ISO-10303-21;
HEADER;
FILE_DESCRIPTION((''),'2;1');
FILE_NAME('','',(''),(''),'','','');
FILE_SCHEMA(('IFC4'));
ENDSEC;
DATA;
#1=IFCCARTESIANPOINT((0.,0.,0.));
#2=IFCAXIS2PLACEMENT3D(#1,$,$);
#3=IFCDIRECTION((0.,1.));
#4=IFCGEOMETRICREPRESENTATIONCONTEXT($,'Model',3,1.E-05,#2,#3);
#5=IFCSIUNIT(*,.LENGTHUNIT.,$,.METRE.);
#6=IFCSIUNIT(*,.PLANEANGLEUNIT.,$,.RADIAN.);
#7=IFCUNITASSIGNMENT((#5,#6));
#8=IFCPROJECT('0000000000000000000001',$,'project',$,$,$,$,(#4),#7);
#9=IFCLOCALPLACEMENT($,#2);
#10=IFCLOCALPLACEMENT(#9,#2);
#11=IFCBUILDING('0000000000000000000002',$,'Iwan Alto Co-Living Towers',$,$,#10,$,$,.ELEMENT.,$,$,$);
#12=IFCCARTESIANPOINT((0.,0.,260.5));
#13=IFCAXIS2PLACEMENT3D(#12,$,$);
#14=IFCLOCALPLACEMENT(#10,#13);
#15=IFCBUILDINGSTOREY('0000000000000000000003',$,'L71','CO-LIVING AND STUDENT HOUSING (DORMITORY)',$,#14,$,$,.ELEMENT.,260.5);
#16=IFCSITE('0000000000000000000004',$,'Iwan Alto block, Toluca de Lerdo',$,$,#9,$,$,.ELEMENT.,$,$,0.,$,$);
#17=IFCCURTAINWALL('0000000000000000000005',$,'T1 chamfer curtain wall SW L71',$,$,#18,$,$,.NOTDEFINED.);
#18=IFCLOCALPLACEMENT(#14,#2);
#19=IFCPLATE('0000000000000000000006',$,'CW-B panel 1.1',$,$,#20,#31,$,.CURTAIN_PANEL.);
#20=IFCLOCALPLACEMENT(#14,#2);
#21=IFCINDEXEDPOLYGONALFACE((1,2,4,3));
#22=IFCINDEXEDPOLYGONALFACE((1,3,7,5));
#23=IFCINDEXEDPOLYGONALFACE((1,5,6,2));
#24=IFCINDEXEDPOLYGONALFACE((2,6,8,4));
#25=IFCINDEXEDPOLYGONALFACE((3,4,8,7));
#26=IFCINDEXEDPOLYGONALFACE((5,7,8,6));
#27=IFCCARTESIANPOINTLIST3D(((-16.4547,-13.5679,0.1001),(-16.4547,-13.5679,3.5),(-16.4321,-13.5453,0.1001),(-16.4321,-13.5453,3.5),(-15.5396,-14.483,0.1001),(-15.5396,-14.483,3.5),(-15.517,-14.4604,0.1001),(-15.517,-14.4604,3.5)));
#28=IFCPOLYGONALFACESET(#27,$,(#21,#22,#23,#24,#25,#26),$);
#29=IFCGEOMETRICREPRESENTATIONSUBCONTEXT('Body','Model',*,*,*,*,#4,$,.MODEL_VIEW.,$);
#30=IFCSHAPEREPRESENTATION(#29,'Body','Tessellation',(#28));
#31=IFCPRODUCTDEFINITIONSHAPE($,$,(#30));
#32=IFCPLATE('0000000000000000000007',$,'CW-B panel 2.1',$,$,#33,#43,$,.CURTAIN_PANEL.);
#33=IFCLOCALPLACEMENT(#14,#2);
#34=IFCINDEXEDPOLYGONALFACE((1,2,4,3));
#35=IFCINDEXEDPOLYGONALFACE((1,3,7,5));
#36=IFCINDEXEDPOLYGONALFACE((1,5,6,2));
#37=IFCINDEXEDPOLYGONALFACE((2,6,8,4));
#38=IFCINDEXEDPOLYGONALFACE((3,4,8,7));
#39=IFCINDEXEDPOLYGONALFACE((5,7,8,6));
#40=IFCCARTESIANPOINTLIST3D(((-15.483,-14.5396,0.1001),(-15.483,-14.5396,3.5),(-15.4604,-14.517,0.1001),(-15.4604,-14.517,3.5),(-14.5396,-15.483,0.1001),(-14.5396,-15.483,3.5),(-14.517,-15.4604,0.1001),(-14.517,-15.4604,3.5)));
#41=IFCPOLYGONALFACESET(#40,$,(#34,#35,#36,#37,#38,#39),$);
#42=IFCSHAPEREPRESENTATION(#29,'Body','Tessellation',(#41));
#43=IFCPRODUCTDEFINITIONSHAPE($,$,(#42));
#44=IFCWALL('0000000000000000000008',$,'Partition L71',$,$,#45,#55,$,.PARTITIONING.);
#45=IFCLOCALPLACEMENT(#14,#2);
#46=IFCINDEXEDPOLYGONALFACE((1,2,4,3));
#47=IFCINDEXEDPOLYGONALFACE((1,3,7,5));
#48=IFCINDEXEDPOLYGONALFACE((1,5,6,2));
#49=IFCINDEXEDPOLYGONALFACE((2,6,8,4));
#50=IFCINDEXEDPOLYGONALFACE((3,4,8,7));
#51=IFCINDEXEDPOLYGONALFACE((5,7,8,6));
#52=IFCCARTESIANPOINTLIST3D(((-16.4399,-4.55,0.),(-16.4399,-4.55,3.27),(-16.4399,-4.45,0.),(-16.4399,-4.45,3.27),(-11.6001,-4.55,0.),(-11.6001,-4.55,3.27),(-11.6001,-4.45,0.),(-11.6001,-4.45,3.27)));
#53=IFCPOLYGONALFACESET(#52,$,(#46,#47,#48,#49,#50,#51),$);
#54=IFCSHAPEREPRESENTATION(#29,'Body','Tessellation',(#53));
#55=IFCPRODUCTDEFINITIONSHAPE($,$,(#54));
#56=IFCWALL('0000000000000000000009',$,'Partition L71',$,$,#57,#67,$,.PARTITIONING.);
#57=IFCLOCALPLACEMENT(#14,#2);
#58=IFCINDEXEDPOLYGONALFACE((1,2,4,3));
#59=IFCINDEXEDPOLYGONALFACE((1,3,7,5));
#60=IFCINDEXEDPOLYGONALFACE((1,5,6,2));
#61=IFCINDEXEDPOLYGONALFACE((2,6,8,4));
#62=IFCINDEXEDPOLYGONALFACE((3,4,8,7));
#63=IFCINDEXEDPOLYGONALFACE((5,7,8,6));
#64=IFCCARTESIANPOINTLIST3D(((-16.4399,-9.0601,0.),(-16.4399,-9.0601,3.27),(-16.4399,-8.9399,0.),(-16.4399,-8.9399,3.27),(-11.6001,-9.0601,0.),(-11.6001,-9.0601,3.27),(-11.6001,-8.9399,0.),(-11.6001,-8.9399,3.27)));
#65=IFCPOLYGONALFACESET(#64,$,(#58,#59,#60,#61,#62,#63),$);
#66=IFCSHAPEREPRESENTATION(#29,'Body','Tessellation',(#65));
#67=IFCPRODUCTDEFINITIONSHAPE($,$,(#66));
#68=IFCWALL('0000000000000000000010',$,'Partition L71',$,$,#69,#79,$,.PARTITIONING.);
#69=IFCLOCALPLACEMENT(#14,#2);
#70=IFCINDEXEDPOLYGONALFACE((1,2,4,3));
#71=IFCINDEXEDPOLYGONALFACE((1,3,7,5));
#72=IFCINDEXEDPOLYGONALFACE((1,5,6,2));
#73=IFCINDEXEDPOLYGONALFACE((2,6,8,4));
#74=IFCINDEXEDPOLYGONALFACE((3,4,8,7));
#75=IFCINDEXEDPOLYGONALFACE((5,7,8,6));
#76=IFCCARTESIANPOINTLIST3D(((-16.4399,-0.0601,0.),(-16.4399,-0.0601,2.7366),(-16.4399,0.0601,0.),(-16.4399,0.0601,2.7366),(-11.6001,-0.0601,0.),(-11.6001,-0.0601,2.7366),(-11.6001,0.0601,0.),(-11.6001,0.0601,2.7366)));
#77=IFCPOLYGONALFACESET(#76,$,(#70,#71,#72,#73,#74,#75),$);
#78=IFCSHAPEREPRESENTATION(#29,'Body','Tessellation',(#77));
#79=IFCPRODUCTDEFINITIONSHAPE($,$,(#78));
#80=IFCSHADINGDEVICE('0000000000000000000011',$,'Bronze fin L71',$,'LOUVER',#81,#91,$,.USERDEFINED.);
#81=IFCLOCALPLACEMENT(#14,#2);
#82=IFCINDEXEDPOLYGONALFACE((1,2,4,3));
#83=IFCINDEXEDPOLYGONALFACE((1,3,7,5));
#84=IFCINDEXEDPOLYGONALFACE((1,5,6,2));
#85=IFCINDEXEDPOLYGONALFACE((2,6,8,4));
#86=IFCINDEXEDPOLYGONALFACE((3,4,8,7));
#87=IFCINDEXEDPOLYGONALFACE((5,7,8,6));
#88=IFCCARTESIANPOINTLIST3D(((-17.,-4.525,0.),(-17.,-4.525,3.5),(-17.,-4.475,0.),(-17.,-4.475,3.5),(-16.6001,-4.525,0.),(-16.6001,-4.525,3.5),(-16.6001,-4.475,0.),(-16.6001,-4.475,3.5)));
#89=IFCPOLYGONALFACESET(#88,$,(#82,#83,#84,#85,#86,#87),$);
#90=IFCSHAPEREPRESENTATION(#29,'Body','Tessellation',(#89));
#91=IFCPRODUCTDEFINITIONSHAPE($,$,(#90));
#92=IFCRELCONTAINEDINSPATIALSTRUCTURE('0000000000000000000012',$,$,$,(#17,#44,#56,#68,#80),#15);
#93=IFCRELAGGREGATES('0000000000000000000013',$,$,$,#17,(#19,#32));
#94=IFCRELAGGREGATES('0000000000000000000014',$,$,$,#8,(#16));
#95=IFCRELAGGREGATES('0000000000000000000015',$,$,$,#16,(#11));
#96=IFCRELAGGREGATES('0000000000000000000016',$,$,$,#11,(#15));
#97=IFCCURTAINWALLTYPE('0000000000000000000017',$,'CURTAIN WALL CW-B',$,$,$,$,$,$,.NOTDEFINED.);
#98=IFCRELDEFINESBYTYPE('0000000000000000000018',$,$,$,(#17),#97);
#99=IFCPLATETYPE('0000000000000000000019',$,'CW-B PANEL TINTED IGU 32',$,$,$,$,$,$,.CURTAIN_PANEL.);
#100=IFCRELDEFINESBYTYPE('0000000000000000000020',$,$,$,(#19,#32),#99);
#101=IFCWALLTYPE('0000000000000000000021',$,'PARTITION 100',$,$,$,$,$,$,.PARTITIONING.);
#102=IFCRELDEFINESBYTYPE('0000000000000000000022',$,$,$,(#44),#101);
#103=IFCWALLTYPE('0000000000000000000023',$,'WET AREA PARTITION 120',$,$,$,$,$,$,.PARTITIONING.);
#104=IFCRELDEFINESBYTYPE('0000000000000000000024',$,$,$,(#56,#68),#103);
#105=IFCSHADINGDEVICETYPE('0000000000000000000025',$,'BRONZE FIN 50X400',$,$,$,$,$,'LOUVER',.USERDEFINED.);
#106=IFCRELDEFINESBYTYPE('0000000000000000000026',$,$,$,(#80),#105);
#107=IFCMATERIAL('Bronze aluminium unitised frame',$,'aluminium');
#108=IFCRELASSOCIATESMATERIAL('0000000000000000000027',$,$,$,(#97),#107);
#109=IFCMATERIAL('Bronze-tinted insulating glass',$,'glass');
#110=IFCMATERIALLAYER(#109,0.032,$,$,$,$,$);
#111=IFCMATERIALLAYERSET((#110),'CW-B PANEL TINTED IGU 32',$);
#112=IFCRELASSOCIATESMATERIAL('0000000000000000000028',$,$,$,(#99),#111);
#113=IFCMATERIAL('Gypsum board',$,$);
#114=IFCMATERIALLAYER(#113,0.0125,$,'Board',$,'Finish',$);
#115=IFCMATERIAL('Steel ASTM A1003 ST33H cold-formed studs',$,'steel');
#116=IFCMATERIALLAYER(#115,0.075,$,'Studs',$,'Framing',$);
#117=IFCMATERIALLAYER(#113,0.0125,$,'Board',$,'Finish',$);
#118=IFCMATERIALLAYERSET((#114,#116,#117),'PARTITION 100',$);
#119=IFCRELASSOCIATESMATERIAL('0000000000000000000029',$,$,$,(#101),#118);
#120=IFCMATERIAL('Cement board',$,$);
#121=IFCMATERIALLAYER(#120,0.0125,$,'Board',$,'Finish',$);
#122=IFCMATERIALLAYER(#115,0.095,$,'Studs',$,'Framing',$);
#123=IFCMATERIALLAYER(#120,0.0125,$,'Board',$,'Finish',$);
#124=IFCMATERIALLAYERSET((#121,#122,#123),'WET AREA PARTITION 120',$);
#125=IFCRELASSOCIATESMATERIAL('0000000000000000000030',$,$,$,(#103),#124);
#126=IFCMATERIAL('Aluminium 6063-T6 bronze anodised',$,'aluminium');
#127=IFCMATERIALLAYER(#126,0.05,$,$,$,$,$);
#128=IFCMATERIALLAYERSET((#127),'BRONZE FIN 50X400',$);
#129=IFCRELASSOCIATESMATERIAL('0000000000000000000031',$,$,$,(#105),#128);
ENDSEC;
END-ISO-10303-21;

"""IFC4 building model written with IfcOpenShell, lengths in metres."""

from ifc_helpers import new_model, si_unit, direction, frame, frame_2d, origin, origin_2d, place, context, subcontext, project, spatial, rectangle, extrude, material, layer, layer_set, type_object, element, aggregate, save


model = new_model("IFC4")

# Units and contexts
model_context = context("Model", 3, precision=1e-05, world=origin(), true_north=direction((0.0, 1.0)))
body_context = subcontext(model_context, "Body", "Model", "MODEL_VIEW")
ifc_project = project(units=[si_unit("LENGTHUNIT", "METRE"), si_unit("PLANEANGLEUNIT", "RADIAN")], contexts=[model_context])

# Site, building, storey
site_placement = place(None, origin())
site = spatial("IfcSite", under=ifc_project, at=site_placement, Name="Iwan Alto block, Toluca de Lerdo", CompositionType="ELEMENT", RefElevation=0.0)
building_placement = place(site_placement, origin())
building = spatial("IfcBuilding", under=site, at=building_placement, Name="Iwan Alto Co-Living Towers", CompositionType="ELEMENT")
storey_placement = place(building_placement, frame((0.0, 0.0, 260.5)))
storey = spatial("IfcBuildingStorey", under=building, at=storey_placement, Name="L71", Description="CO-LIVING AND STUDENT HOUSING (DORMITORY)", CompositionType="ELEMENT", Elevation=260.5)

# Curtain wall
ifc_material_1 = material(Name="Bronze aluminium unitised frame", Category="aluminium")
curtain_wall_type_1 = type_object("IfcCurtainWallType", Name="CURTAIN WALL CW-B", PredefinedType="NOTDEFINED", material=ifc_material_1)
curtain_wall_1_placement = place(storey_placement, origin())
curtain_wall_1 = element("IfcCurtainWall", 1, at=curtain_wall_1_placement, inside=storey, type_object=curtain_wall_type_1, Name="T1 chamfer curtain wall SW L71", PredefinedType="NOTDEFINED")

# Plates
ifc_material_2 = material(Name="Bronze-tinted insulating glass", Category="glass")
ifc_layer_1 = layer(ifc_material_2, 0.032)
ifc_layer_set_1 = layer_set([ifc_layer_1], Name="CW-B PANEL TINTED IGU 32")
plate_type_1 = type_object("IfcPlateType", Name="CW-B PANEL TINTED IGU 32", PredefinedType="CURTAIN_PANEL", material=ifc_layer_set_1)
plate_1_placement = place(storey_placement, frame((-15.9858, -14.0142, 0.1001), z_axis=(0.0, 0.0, 1.0), x_axis=(0.707107, -0.707107, 0.0)))
plate_1 = element("IfcPlate", 2, at=plate_1_placement, type_object=plate_type_1, Name="CW-B panel 1.1", PredefinedType="CURTAIN_PANEL", context=body_context, shape_type="SweptSolid", body=[
    extrude(rectangle(XDim=1.2942, YDim=0.032, at=origin_2d()), origin(), (0.0, 0.0, 1.0), 3.3999),
])
plate_2_placement = place(storey_placement, frame((-15.0, -15.0, 0.1001), z_axis=(0.0, 0.0, 1.0), x_axis=(0.707107, -0.707107, 0.0)))
plate_2 = element("IfcPlate", 3, at=plate_2_placement, type_object=plate_type_1, Name="CW-B panel 2.1", PredefinedType="CURTAIN_PANEL", context=body_context, shape_type="SweptSolid", body=[
    extrude(rectangle(XDim=1.3342, YDim=0.032, at=origin_2d()), origin(), (0.0, 0.0, 1.0), 3.3999),
])
aggregate(curtain_wall_1, [plate_1, plate_2])

# Walls
ifc_material_3 = material(Name="Gypsum board")
ifc_layer_2 = layer(ifc_material_3, 0.0125, Name="Board", Category="Finish")
ifc_material_4 = material(Name="Steel ASTM A1003 ST33H cold-formed studs", Category="steel")
ifc_layer_3 = layer(ifc_material_4, 0.075, Name="Studs", Category="Framing")
ifc_layer_4 = layer(ifc_material_3, 0.0125, Name="Board", Category="Finish")
ifc_layer_set_2 = layer_set([ifc_layer_2, ifc_layer_3, ifc_layer_4], Name="PARTITION 100")
wall_type_1 = type_object("IfcWallType", Name="PARTITION 100", PredefinedType="PARTITIONING", material=ifc_layer_set_2)
wall_1_placement = place(storey_placement, frame((-16.4399, -4.5, 0.0), z_axis=(0.0, 0.0, 1.0), x_axis=(1.0, 0.0, 0.0)))
element("IfcWall", 4, at=wall_1_placement, inside=storey, type_object=wall_type_1, Name="Partition L71", PredefinedType="PARTITIONING", context=body_context, shape_type="SweptSolid", body=[
    extrude(rectangle(XDim=4.8398, YDim=0.1001, at=frame_2d((2.4199, 0.0))), origin(), (0.0, 0.0, 1.0), 3.27),
])
ifc_material_5 = material(Name="Cement board")
ifc_layer_5 = layer(ifc_material_5, 0.0125, Name="Board", Category="Finish")
ifc_layer_6 = layer(ifc_material_4, 0.095, Name="Studs", Category="Framing")
ifc_layer_7 = layer(ifc_material_5, 0.0125, Name="Board", Category="Finish")
ifc_layer_set_3 = layer_set([ifc_layer_5, ifc_layer_6, ifc_layer_7], Name="WET AREA PARTITION 120")
wall_type_2 = type_object("IfcWallType", Name="WET AREA PARTITION 120", PredefinedType="PARTITIONING", material=ifc_layer_set_3)
wall_2_placement = place(storey_placement, frame((-16.4399, -9.0, 0.0), z_axis=(0.0, 0.0, 1.0), x_axis=(1.0, 0.0, 0.0)))
element("IfcWall", 5, at=wall_2_placement, inside=storey, type_object=wall_type_2, Name="Partition L71", PredefinedType="PARTITIONING", context=body_context, shape_type="SweptSolid", body=[
    extrude(rectangle(XDim=4.8398, YDim=0.1201, at=frame_2d((2.4199, 0.0))), origin(), (0.0, 0.0, 1.0), 3.27),
])
wall_3_placement = place(storey_placement, frame((-16.4399, 0.0, 0.0), z_axis=(0.0, 0.0, 1.0), x_axis=(1.0, 0.0, 0.0)))
element("IfcWall", 6, at=wall_3_placement, inside=storey, type_object=wall_type_2, Name="Partition L71", PredefinedType="PARTITIONING", context=body_context, shape_type="SweptSolid", body=[
    extrude(rectangle(XDim=4.8398, YDim=0.1201, at=frame_2d((2.4199, 0.0))), origin(), (0.0, 0.0, 1.0), 2.7366),
])

# Shading device
ifc_material_6 = material(Name="Aluminium 6063-T6 bronze anodised", Category="aluminium")
ifc_layer_8 = layer(ifc_material_6, 0.05)
ifc_layer_set_4 = layer_set([ifc_layer_8], Name="BRONZE FIN 50X400")
shading_device_type = type_object("IfcShadingDeviceType", Name="BRONZE FIN 50X400", ElementType="LOUVER", PredefinedType="USERDEFINED", material=ifc_layer_set_4)
shading_device_placement = place(storey_placement, frame((-16.8, -4.5, 0.0), z_axis=(0.0, 0.0, 1.0), x_axis=(0.0, -1.0, 0.0)))
element("IfcShadingDevice", 7, at=shading_device_placement, inside=storey, type_object=shading_device_type, Name="Bronze fin L71", ObjectType="LOUVER", PredefinedType="USERDEFINED", context=body_context, shape_type="SweptSolid", body=[
    extrude(rectangle(XDim=0.05, YDim=0.3999, at=origin_2d()), origin(), (0.0, 0.0, 1.0), 3.5),
])

save(model, "model.ifc")
